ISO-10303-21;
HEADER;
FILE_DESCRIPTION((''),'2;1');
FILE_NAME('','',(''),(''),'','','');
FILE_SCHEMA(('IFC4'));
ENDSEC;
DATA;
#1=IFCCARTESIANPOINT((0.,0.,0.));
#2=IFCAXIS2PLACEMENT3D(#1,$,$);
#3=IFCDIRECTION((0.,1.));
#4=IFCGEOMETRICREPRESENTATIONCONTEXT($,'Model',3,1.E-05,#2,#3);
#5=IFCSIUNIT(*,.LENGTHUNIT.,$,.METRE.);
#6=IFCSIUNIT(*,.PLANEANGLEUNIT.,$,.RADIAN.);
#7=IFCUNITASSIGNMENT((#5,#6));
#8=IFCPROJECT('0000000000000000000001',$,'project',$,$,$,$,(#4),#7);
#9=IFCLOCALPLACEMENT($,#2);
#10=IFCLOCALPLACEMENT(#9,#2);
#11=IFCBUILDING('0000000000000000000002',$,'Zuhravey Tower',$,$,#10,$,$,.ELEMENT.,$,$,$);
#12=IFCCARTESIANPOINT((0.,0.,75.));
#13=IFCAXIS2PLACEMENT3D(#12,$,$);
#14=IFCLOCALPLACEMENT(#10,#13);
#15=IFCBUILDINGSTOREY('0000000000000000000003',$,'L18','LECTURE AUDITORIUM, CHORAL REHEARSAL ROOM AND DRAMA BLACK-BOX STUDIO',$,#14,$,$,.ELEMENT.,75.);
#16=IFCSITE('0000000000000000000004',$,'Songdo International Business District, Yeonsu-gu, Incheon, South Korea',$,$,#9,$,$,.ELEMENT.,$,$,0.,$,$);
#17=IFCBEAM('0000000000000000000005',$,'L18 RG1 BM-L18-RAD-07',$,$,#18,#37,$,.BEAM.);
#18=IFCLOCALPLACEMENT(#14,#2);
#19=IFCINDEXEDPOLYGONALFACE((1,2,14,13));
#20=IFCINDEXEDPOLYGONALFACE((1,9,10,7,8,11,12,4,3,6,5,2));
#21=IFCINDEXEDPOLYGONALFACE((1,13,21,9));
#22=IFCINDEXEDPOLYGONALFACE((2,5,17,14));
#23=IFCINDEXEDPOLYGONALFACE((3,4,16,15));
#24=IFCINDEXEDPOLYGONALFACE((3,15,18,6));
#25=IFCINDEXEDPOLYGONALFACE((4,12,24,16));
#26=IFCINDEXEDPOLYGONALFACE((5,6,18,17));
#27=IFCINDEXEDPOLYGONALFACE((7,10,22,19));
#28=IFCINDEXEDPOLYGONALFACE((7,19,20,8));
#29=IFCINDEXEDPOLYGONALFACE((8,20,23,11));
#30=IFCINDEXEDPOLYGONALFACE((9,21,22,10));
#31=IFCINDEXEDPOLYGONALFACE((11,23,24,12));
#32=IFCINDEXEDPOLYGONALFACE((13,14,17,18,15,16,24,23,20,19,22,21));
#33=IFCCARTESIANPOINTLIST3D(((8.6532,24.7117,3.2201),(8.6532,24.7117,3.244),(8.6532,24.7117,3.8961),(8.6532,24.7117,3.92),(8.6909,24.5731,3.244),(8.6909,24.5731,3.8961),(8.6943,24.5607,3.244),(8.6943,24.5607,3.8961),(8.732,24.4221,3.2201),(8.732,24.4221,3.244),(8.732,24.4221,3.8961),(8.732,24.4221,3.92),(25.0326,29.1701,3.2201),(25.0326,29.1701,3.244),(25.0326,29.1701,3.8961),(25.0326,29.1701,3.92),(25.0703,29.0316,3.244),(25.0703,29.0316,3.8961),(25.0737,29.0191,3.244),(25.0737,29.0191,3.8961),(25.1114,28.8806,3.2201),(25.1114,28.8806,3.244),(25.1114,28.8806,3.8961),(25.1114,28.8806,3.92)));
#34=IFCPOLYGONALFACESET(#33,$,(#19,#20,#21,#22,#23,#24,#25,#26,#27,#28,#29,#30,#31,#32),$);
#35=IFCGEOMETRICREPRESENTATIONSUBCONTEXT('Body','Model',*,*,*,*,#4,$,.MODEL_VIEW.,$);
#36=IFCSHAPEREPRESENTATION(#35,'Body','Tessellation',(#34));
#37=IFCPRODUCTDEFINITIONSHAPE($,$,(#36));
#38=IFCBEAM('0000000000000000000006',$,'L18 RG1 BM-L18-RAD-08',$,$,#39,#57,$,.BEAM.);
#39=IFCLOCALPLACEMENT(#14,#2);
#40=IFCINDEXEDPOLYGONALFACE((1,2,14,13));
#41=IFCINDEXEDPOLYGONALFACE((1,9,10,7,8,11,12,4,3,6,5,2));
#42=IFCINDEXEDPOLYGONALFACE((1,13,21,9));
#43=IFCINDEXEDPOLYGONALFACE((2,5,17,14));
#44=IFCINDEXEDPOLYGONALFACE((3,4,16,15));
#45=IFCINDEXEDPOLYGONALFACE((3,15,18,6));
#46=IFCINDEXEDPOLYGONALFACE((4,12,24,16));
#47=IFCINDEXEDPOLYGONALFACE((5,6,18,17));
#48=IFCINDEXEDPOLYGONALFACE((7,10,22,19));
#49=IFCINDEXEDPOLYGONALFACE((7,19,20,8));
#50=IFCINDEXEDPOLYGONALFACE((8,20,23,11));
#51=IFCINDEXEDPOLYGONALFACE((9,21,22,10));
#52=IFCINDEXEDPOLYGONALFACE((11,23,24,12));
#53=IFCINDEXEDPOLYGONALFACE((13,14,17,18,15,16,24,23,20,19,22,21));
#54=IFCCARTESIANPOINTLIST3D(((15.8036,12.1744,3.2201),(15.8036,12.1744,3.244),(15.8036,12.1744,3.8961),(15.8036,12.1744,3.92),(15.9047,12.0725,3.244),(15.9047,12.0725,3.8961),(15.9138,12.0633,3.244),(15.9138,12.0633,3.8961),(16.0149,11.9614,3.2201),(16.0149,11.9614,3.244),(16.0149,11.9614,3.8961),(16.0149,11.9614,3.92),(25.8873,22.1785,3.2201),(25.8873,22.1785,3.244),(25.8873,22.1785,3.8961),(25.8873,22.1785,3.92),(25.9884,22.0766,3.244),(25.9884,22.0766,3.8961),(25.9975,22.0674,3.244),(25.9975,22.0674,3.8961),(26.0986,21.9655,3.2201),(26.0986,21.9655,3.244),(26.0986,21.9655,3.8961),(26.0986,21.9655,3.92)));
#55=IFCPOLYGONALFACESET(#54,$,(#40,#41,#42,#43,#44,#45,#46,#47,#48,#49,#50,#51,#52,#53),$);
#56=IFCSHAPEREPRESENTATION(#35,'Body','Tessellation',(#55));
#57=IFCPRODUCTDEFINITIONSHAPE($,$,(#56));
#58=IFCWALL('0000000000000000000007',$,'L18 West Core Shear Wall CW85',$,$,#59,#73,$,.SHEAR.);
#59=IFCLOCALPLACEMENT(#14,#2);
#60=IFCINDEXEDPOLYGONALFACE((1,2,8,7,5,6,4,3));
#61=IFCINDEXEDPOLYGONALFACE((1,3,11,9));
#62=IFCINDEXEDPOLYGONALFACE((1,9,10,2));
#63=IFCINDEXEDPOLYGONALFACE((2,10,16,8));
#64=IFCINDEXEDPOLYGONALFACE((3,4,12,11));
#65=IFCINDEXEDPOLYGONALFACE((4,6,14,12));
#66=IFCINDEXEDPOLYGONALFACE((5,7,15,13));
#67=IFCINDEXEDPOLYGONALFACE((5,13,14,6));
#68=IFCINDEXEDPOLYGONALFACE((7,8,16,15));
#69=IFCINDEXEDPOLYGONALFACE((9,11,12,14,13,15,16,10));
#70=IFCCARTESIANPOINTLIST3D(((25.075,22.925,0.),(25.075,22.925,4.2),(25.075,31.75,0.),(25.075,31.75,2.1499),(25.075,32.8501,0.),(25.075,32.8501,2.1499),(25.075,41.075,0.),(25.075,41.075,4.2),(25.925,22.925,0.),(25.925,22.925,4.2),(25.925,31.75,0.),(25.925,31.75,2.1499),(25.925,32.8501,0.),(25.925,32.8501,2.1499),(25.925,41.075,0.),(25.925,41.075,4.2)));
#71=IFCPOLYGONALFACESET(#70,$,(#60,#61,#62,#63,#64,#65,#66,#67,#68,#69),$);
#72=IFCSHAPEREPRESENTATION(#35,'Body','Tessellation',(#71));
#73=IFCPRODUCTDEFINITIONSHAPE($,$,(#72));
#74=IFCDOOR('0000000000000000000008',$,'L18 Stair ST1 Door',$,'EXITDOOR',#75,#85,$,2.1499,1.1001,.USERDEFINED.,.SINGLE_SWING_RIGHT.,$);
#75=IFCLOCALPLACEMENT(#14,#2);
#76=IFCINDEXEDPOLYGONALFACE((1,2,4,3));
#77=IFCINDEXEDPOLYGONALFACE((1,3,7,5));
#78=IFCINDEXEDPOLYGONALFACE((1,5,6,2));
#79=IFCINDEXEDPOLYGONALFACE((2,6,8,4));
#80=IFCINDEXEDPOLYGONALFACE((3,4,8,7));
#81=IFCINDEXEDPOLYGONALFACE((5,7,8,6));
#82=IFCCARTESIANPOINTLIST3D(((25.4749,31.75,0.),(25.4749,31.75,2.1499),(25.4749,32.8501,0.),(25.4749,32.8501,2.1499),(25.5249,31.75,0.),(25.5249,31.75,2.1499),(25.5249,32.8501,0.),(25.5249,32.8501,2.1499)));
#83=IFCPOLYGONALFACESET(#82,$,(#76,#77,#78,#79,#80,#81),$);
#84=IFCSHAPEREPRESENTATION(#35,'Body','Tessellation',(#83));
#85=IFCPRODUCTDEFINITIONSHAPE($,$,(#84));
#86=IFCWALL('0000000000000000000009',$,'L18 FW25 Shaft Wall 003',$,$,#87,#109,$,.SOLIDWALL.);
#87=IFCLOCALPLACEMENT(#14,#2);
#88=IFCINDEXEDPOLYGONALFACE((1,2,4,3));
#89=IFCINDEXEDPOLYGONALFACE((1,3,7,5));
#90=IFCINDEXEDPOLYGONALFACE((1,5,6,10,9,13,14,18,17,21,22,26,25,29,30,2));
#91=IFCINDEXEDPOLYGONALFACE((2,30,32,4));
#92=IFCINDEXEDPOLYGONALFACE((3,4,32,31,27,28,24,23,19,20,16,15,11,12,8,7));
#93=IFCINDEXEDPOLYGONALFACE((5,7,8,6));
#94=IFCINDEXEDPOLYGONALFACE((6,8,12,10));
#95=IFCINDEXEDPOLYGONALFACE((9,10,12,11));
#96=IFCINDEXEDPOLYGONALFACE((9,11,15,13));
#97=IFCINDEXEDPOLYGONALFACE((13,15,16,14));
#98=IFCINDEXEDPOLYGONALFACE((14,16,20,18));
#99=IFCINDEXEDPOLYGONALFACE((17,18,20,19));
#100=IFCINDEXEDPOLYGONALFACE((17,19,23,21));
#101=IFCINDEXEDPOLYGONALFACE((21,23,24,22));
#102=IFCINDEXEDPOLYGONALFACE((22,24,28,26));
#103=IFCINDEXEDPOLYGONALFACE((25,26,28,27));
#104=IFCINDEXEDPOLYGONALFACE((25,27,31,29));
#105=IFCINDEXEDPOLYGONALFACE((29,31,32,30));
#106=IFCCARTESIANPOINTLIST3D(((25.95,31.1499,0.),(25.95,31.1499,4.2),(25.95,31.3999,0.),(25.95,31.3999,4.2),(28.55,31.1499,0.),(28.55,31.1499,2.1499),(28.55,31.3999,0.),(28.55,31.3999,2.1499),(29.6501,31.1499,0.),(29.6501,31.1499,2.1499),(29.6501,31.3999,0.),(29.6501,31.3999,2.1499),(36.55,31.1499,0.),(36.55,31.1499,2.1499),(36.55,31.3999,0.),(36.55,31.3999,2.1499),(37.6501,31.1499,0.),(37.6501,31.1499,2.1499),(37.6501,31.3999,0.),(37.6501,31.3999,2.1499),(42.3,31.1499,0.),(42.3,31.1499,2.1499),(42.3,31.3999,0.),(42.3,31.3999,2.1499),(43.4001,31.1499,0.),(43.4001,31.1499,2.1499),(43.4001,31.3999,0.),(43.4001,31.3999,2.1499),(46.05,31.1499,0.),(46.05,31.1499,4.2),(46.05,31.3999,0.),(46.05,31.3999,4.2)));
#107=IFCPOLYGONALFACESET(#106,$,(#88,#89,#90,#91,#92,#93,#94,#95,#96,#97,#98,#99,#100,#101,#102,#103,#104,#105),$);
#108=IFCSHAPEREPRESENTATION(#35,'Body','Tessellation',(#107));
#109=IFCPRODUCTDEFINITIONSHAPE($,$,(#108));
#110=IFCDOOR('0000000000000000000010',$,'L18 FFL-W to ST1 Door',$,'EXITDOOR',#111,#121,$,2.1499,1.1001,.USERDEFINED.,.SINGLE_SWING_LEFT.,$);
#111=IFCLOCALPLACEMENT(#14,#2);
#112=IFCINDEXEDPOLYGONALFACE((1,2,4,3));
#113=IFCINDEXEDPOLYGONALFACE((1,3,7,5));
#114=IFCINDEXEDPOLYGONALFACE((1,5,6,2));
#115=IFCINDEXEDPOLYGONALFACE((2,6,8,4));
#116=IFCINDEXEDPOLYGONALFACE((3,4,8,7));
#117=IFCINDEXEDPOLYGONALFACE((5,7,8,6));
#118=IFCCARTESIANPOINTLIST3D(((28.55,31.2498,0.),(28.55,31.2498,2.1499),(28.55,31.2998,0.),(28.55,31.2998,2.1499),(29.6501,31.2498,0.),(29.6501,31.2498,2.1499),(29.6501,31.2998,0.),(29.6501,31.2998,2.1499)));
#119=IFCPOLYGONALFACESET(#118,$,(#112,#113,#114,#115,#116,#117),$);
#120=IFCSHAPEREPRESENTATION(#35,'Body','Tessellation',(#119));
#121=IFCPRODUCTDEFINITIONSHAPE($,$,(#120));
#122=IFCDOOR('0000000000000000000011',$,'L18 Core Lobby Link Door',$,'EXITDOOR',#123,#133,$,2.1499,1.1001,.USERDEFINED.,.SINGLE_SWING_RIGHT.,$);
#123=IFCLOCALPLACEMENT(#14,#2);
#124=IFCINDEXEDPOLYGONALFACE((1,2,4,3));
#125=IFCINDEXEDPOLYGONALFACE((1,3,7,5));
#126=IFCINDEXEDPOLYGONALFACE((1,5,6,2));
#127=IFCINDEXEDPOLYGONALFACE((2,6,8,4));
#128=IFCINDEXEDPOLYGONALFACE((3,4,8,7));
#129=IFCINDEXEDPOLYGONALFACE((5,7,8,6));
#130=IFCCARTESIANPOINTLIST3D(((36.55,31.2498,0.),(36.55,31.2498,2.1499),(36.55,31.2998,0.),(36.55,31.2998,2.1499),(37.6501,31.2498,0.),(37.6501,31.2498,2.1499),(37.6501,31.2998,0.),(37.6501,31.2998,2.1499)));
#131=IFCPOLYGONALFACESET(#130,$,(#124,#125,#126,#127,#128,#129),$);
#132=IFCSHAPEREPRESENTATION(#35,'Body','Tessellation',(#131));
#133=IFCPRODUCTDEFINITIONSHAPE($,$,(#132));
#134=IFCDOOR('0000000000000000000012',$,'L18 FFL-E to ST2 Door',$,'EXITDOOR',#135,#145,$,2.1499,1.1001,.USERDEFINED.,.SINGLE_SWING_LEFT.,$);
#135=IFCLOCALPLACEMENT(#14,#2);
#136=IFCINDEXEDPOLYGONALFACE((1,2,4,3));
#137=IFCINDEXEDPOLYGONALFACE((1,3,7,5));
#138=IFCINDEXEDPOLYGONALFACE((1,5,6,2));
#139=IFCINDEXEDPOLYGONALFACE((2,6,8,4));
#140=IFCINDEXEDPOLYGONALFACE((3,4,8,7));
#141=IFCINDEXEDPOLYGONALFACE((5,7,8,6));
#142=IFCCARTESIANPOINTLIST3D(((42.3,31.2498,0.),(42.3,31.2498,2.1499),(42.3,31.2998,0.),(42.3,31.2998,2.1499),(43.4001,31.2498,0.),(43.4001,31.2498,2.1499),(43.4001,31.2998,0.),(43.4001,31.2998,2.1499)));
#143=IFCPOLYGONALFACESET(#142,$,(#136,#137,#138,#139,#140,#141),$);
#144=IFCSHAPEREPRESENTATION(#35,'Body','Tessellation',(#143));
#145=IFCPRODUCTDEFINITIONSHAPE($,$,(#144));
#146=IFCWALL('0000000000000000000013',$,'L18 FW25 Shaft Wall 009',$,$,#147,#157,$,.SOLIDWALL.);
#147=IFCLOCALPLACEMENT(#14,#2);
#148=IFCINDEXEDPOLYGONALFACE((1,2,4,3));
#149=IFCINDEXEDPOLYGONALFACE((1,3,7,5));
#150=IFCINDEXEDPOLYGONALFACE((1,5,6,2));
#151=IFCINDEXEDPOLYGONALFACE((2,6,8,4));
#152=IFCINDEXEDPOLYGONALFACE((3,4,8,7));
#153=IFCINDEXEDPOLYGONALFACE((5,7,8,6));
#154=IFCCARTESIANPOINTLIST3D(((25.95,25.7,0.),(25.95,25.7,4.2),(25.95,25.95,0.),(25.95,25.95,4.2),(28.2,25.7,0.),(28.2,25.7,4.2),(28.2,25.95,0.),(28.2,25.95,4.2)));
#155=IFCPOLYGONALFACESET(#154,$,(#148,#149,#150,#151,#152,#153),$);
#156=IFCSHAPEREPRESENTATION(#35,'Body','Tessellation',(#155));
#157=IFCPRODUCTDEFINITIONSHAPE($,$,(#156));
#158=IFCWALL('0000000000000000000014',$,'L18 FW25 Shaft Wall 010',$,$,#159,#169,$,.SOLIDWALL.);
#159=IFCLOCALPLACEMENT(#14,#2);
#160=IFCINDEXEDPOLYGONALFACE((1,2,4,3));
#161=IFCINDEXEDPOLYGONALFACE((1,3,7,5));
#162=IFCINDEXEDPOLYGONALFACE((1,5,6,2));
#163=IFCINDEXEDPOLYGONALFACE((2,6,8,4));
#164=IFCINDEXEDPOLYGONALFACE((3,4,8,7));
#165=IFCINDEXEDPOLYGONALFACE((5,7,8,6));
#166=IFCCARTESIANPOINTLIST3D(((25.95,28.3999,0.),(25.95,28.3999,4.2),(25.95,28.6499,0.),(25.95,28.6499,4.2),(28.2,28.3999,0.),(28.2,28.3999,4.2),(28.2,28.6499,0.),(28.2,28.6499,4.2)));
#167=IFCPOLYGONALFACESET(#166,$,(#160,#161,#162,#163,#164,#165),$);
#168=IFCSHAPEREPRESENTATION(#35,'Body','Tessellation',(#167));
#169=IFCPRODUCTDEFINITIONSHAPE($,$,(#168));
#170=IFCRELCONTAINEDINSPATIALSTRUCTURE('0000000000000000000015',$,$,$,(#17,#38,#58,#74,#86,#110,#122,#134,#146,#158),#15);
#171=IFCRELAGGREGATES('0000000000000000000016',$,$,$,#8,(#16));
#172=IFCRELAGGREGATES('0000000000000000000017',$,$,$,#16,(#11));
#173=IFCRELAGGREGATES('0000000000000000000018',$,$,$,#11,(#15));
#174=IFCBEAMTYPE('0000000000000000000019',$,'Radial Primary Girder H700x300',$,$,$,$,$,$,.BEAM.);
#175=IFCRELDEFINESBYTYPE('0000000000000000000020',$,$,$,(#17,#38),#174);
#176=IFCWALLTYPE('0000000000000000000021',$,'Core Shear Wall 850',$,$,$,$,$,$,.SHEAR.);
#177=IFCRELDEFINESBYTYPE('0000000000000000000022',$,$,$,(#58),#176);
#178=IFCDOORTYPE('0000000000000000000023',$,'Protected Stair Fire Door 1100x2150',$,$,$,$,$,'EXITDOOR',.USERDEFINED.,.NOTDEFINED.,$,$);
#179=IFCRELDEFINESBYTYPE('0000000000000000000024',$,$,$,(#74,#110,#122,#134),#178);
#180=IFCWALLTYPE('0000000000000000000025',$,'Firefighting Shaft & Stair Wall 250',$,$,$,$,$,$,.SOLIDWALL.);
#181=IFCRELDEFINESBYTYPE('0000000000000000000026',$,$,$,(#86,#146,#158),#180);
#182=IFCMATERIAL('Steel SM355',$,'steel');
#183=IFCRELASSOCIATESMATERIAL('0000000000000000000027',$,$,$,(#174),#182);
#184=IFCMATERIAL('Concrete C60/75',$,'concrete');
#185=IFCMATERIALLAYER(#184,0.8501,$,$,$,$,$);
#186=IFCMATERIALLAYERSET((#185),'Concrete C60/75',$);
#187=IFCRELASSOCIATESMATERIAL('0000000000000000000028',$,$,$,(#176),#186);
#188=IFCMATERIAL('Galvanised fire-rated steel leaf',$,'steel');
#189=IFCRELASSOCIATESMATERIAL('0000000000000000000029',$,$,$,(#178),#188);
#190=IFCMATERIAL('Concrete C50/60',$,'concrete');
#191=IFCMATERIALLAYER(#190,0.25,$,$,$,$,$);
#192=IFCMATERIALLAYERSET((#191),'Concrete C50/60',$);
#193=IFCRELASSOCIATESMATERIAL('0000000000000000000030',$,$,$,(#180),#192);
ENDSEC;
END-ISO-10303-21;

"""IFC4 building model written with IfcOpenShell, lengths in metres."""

from ifc_helpers import new_model, si_unit, direction, frame, frame_2d, origin, origin_2d, place, context, subcontext, project, spatial, rectangle, i_section, extrude, material, layer, layer_set, material_profile, profile_set, type_object, element, fill, save


model = new_model("IFC4")

# Units and contexts
model_context = context("Model", 3, precision=1e-05, world=origin(), true_north=direction((0.0, 1.0)))
body_context = subcontext(model_context, "Body", "Model", "MODEL_VIEW")
ifc_project = project(units=[si_unit("LENGTHUNIT", "METRE"), si_unit("PLANEANGLEUNIT", "RADIAN")], contexts=[model_context])

# Site, building, storey
site_placement = place(None, origin())
site = spatial("IfcSite", under=ifc_project, at=site_placement, Name="Songdo International Business District, Yeonsu-gu, Incheon, South Korea", CompositionType="ELEMENT", RefElevation=0.0)
building_placement = place(site_placement, origin())
building = spatial("IfcBuilding", under=site, at=building_placement, Name="Zuhravey Tower", CompositionType="ELEMENT")
storey_placement = place(building_placement, frame((0.0, 0.0, 75.0)))
storey = spatial("IfcBuildingStorey", under=building, at=storey_placement, Name="L18", Description="LECTURE AUDITORIUM, CHORAL REHEARSAL ROOM AND DRAMA BLACK-BOX STUDIO", CompositionType="ELEMENT", Elevation=75.0)

# Beams
ifc_material_1 = material(Name="Steel SM355", Category="steel")
ifc_material_profile = material_profile(ifc_material_1, i_section(OverallWidth=0.3, OverallDepth=0.7, WebThickness=0.0129, FlangeThickness=0.0239, at=origin_2d()), Name="H-700x300x13x24")
ifc_profile_set = profile_set([ifc_material_profile], Name="Steel SM355")
beam_type = type_object("IfcBeamType", Name="Radial Primary Girder H700x300", PredefinedType="BEAM", material=ifc_profile_set)
beam_1_placement = place(storey_placement, frame((25.072, 29.0254, 3.5701), z_axis=(-0.964892, -0.262645, 0.0), x_axis=(0.262645, -0.964892, 0.0)))
element("IfcBeam", 1, at=beam_1_placement, inside=storey, type_object=beam_type, Name="L18 RG1 BM-L18-RAD-07", PredefinedType="BEAM", context=body_context, shape_type="SweptSolid", body=[
    extrude(i_section(OverallWidth=0.3, OverallDepth=0.7, WebThickness=0.0129, FlangeThickness=0.0239, at=origin_2d()), origin(), (0.0, 0.0, 1.0), 16.9753),
])
beam_2_placement = place(storey_placement, frame((25.9929, 22.072, 3.5701), z_axis=(-0.709903, -0.7043, 0.0), x_axis=(0.7043, -0.709903, 0.0)))
element("IfcBeam", 2, at=beam_2_placement, inside=storey, type_object=beam_type, Name="L18 RG1 BM-L18-RAD-08", PredefinedType="BEAM", context=body_context, shape_type="SweptSolid", body=[
    extrude(i_section(OverallWidth=0.3, OverallDepth=0.7, WebThickness=0.0129, FlangeThickness=0.0239, at=origin_2d()), origin(), (0.0, 0.0, 1.0), 14.2043),
])

# Wall, opening, door
ifc_material_2 = material(Name="Concrete C60/75", Category="concrete")
ifc_layer_1 = layer(ifc_material_2, 0.8501)
ifc_layer_set_1 = layer_set([ifc_layer_1], Name="Concrete C60/75")
wall_type_1 = type_object("IfcWallType", Name="Core Shear Wall 850", PredefinedType="SHEAR", material=ifc_layer_set_1)
ifc_material_3 = material(Name="Galvanised fire-rated steel leaf", Category="steel")
wall_1_placement = place(storey_placement, frame((25.5, 22.925, 0.0), z_axis=(0.0, 0.0, 1.0), x_axis=(0.0, 1.0, 0.0)))
wall_1 = element("IfcWall", 3, at=wall_1_placement, inside=storey, type_object=wall_type_1, Name="L18 West Core Shear Wall CW85", PredefinedType="SHEAR", context=body_context, shape_type="SweptSolid", body=[
    extrude(rectangle(XDim=18.1499, YDim=0.8501, at=frame_2d((9.075, 0.0))), origin(), (0.0, 0.0, 1.0), 4.2),
])
opening_1_placement = place(wall_1_placement, frame((8.825, 0.0, 0.0)))
opening_1 = element("IfcOpeningElement", 4, at=opening_1_placement, cuts=wall_1, PredefinedType="OPENING", context=body_context, shape_type="SweptSolid", body=[
    extrude(rectangle(XDim=1.1001, YDim=2.1499, at=frame_2d((0.55, 1.075))), frame((0.0, 0.437, 0.0), z_axis=(0.0, -1.0, 0.0), x_axis=(1.0, 0.0, 0.0)), (0.0, 0.0, 1.0), 0.874),
])
door_type_1 = type_object("IfcDoorType", Name="Protected Stair Fire Door 1100x2150", ElementType="EXITDOOR", OperationType="NOTDEFINED", PredefinedType="USERDEFINED", material=ifc_material_3)
door_1_placement = place(opening_1_placement, frame((1.1001, 0.0, 0.0), z_axis=(0.0, 0.0, 1.0), x_axis=(-1.0, 0.0, 0.0)))
door_1 = element("IfcDoor", 5, at=door_1_placement, inside=storey, type_object=door_type_1, Name="L18 Stair ST1 Door", ObjectType="EXITDOOR", OperationType="SINGLE_SWING_RIGHT", OverallHeight=2.1499, OverallWidth=1.1001, PredefinedType="USERDEFINED", context=body_context, shape_type="SweptSolid", body=[
    extrude(rectangle(XDim=1.1001, YDim=2.1499, at=frame_2d((0.55, 1.075))), frame((0.0, 0.0249, 0.0), z_axis=(0.0, -1.0, 0.0), x_axis=(1.0, 0.0, 0.0)), (0.0, 0.0, 1.0), 0.05),
])
fill(opening_1, door_1)

# Wall, openings, doors
ifc_material_4 = material(Name="Concrete C50/60", Category="concrete")
ifc_layer_2 = layer(ifc_material_4, 0.25)
ifc_layer_set_2 = layer_set([ifc_layer_2], Name="Concrete C50/60")
wall_type_2 = type_object("IfcWallType", Name="Firefighting Shaft & Stair Wall 250", PredefinedType="SOLIDWALL", material=ifc_layer_set_2)
wall_2_placement = place(storey_placement, frame((25.95, 31.2749, 0.0), z_axis=(0.0, 0.0, 1.0), x_axis=(1.0, 0.0, 0.0)))
wall_2 = element("IfcWall", 6, at=wall_2_placement, inside=storey, type_object=wall_type_2, Name="L18 FW25 Shaft Wall 003", PredefinedType="SOLIDWALL", context=body_context, shape_type="SweptSolid", body=[
    extrude(rectangle(XDim=20.1001, YDim=0.25, at=frame_2d((10.05, 0.0))), origin(), (0.0, 0.0, 1.0), 4.2),
])
opening_2_placement = place(wall_2_placement, frame((2.6001, 0.0, 0.0)))
opening_2 = element("IfcOpeningElement", 7, at=opening_2_placement, cuts=wall_2, PredefinedType="OPENING", context=body_context, shape_type="SweptSolid", body=[
    extrude(rectangle(XDim=1.1001, YDim=2.1499, at=frame_2d((0.55, 1.075))), frame((0.0, 0.137, 0.0), z_axis=(0.0, -1.0, 0.0), x_axis=(1.0, 0.0, 0.0)), (0.0, 0.0, 1.0), 0.2739),
])
opening_3_placement = place(wall_2_placement, frame((10.6001, 0.0, 0.0)))
opening_3 = element("IfcOpeningElement", 8, at=opening_3_placement, cuts=wall_2, PredefinedType="OPENING", context=body_context, shape_type="SweptSolid", body=[
    extrude(rectangle(XDim=1.1001, YDim=2.1499, at=frame_2d((0.55, 1.075))), frame((0.0, 0.137, 0.0), z_axis=(0.0, -1.0, 0.0), x_axis=(1.0, 0.0, 0.0)), (0.0, 0.0, 1.0), 0.2739),
])
opening_4_placement = place(wall_2_placement, frame((16.3501, 0.0, 0.0)))
opening_4 = element("IfcOpeningElement", 9, at=opening_4_placement, cuts=wall_2, PredefinedType="OPENING", context=body_context, shape_type="SweptSolid", body=[
    extrude(rectangle(XDim=1.1001, YDim=2.1499, at=frame_2d((0.55, 1.075))), frame((0.0, 0.137, 0.0), z_axis=(0.0, -1.0, 0.0), x_axis=(1.0, 0.0, 0.0)), (0.0, 0.0, 1.0), 0.2739),
])
door_2_placement = place(opening_2_placement, origin())
door_2 = element("IfcDoor", 10, at=door_2_placement, inside=storey, type_object=door_type_1, Name="L18 FFL-W to ST1 Door", ObjectType="EXITDOOR", OperationType="SINGLE_SWING_LEFT", OverallHeight=2.1499, OverallWidth=1.1001, PredefinedType="USERDEFINED", context=body_context, shape_type="SweptSolid", body=[
    extrude(rectangle(XDim=1.1001, YDim=2.1499, at=frame_2d((0.55, 1.075))), frame((0.0, 0.0249, 0.0), z_axis=(0.0, -1.0, 0.0), x_axis=(1.0, 0.0, 0.0)), (0.0, 0.0, 1.0), 0.05),
])
fill(opening_2, door_2)
door_3_placement = place(opening_3_placement, origin())
door_3 = element("IfcDoor", 11, at=door_3_placement, inside=storey, type_object=door_type_1, Name="L18 Core Lobby Link Door", ObjectType="EXITDOOR", OperationType="SINGLE_SWING_RIGHT", OverallHeight=2.1499, OverallWidth=1.1001, PredefinedType="USERDEFINED", context=body_context, shape_type="SweptSolid", body=[
    extrude(rectangle(XDim=1.1001, YDim=2.1499, at=frame_2d((0.55, 1.075))), frame((0.0, 0.0249, 0.0), z_axis=(0.0, -1.0, 0.0), x_axis=(1.0, 0.0, 0.0)), (0.0, 0.0, 1.0), 0.05),
])
fill(opening_3, door_3)
door_4_placement = place(opening_4_placement, origin())
door_4 = element("IfcDoor", 12, at=door_4_placement, inside=storey, type_object=door_type_1, Name="L18 FFL-E to ST2 Door", ObjectType="EXITDOOR", OperationType="SINGLE_SWING_LEFT", OverallHeight=2.1499, OverallWidth=1.1001, PredefinedType="USERDEFINED", context=body_context, shape_type="SweptSolid", body=[
    extrude(rectangle(XDim=1.1001, YDim=2.1499, at=frame_2d((0.55, 1.075))), frame((0.0, 0.0249, 0.0), z_axis=(0.0, -1.0, 0.0), x_axis=(1.0, 0.0, 0.0)), (0.0, 0.0, 1.0), 0.05),
])
fill(opening_4, door_4)

# Walls
for number, where, z_axis, x_axis, name in (
    (13, (25.95, 25.825, 0.0), (0.0, 0.0, 1.0), (1.0, 0.0, 0.0), "L18 FW25 Shaft Wall 009"),
    (14, (25.95, 28.5249, 0.0), (0.0, 0.0, 1.0), (1.0, 0.0, 0.0), "L18 FW25 Shaft Wall 010"),
):
    element("IfcWall", number, at=place(storey_placement, frame(where, z_axis=z_axis, x_axis=x_axis)), inside=storey, type_object=wall_type_2, Name=name, PredefinedType="SOLIDWALL", context=body_context, shape_type="SweptSolid", body=[
        extrude(rectangle(XDim=2.25, YDim=0.25, at=frame_2d((1.125, 0.0))), origin(), (0.0, 0.0, 1.0), 4.2),
    ])

save(model, "model.ifc")
